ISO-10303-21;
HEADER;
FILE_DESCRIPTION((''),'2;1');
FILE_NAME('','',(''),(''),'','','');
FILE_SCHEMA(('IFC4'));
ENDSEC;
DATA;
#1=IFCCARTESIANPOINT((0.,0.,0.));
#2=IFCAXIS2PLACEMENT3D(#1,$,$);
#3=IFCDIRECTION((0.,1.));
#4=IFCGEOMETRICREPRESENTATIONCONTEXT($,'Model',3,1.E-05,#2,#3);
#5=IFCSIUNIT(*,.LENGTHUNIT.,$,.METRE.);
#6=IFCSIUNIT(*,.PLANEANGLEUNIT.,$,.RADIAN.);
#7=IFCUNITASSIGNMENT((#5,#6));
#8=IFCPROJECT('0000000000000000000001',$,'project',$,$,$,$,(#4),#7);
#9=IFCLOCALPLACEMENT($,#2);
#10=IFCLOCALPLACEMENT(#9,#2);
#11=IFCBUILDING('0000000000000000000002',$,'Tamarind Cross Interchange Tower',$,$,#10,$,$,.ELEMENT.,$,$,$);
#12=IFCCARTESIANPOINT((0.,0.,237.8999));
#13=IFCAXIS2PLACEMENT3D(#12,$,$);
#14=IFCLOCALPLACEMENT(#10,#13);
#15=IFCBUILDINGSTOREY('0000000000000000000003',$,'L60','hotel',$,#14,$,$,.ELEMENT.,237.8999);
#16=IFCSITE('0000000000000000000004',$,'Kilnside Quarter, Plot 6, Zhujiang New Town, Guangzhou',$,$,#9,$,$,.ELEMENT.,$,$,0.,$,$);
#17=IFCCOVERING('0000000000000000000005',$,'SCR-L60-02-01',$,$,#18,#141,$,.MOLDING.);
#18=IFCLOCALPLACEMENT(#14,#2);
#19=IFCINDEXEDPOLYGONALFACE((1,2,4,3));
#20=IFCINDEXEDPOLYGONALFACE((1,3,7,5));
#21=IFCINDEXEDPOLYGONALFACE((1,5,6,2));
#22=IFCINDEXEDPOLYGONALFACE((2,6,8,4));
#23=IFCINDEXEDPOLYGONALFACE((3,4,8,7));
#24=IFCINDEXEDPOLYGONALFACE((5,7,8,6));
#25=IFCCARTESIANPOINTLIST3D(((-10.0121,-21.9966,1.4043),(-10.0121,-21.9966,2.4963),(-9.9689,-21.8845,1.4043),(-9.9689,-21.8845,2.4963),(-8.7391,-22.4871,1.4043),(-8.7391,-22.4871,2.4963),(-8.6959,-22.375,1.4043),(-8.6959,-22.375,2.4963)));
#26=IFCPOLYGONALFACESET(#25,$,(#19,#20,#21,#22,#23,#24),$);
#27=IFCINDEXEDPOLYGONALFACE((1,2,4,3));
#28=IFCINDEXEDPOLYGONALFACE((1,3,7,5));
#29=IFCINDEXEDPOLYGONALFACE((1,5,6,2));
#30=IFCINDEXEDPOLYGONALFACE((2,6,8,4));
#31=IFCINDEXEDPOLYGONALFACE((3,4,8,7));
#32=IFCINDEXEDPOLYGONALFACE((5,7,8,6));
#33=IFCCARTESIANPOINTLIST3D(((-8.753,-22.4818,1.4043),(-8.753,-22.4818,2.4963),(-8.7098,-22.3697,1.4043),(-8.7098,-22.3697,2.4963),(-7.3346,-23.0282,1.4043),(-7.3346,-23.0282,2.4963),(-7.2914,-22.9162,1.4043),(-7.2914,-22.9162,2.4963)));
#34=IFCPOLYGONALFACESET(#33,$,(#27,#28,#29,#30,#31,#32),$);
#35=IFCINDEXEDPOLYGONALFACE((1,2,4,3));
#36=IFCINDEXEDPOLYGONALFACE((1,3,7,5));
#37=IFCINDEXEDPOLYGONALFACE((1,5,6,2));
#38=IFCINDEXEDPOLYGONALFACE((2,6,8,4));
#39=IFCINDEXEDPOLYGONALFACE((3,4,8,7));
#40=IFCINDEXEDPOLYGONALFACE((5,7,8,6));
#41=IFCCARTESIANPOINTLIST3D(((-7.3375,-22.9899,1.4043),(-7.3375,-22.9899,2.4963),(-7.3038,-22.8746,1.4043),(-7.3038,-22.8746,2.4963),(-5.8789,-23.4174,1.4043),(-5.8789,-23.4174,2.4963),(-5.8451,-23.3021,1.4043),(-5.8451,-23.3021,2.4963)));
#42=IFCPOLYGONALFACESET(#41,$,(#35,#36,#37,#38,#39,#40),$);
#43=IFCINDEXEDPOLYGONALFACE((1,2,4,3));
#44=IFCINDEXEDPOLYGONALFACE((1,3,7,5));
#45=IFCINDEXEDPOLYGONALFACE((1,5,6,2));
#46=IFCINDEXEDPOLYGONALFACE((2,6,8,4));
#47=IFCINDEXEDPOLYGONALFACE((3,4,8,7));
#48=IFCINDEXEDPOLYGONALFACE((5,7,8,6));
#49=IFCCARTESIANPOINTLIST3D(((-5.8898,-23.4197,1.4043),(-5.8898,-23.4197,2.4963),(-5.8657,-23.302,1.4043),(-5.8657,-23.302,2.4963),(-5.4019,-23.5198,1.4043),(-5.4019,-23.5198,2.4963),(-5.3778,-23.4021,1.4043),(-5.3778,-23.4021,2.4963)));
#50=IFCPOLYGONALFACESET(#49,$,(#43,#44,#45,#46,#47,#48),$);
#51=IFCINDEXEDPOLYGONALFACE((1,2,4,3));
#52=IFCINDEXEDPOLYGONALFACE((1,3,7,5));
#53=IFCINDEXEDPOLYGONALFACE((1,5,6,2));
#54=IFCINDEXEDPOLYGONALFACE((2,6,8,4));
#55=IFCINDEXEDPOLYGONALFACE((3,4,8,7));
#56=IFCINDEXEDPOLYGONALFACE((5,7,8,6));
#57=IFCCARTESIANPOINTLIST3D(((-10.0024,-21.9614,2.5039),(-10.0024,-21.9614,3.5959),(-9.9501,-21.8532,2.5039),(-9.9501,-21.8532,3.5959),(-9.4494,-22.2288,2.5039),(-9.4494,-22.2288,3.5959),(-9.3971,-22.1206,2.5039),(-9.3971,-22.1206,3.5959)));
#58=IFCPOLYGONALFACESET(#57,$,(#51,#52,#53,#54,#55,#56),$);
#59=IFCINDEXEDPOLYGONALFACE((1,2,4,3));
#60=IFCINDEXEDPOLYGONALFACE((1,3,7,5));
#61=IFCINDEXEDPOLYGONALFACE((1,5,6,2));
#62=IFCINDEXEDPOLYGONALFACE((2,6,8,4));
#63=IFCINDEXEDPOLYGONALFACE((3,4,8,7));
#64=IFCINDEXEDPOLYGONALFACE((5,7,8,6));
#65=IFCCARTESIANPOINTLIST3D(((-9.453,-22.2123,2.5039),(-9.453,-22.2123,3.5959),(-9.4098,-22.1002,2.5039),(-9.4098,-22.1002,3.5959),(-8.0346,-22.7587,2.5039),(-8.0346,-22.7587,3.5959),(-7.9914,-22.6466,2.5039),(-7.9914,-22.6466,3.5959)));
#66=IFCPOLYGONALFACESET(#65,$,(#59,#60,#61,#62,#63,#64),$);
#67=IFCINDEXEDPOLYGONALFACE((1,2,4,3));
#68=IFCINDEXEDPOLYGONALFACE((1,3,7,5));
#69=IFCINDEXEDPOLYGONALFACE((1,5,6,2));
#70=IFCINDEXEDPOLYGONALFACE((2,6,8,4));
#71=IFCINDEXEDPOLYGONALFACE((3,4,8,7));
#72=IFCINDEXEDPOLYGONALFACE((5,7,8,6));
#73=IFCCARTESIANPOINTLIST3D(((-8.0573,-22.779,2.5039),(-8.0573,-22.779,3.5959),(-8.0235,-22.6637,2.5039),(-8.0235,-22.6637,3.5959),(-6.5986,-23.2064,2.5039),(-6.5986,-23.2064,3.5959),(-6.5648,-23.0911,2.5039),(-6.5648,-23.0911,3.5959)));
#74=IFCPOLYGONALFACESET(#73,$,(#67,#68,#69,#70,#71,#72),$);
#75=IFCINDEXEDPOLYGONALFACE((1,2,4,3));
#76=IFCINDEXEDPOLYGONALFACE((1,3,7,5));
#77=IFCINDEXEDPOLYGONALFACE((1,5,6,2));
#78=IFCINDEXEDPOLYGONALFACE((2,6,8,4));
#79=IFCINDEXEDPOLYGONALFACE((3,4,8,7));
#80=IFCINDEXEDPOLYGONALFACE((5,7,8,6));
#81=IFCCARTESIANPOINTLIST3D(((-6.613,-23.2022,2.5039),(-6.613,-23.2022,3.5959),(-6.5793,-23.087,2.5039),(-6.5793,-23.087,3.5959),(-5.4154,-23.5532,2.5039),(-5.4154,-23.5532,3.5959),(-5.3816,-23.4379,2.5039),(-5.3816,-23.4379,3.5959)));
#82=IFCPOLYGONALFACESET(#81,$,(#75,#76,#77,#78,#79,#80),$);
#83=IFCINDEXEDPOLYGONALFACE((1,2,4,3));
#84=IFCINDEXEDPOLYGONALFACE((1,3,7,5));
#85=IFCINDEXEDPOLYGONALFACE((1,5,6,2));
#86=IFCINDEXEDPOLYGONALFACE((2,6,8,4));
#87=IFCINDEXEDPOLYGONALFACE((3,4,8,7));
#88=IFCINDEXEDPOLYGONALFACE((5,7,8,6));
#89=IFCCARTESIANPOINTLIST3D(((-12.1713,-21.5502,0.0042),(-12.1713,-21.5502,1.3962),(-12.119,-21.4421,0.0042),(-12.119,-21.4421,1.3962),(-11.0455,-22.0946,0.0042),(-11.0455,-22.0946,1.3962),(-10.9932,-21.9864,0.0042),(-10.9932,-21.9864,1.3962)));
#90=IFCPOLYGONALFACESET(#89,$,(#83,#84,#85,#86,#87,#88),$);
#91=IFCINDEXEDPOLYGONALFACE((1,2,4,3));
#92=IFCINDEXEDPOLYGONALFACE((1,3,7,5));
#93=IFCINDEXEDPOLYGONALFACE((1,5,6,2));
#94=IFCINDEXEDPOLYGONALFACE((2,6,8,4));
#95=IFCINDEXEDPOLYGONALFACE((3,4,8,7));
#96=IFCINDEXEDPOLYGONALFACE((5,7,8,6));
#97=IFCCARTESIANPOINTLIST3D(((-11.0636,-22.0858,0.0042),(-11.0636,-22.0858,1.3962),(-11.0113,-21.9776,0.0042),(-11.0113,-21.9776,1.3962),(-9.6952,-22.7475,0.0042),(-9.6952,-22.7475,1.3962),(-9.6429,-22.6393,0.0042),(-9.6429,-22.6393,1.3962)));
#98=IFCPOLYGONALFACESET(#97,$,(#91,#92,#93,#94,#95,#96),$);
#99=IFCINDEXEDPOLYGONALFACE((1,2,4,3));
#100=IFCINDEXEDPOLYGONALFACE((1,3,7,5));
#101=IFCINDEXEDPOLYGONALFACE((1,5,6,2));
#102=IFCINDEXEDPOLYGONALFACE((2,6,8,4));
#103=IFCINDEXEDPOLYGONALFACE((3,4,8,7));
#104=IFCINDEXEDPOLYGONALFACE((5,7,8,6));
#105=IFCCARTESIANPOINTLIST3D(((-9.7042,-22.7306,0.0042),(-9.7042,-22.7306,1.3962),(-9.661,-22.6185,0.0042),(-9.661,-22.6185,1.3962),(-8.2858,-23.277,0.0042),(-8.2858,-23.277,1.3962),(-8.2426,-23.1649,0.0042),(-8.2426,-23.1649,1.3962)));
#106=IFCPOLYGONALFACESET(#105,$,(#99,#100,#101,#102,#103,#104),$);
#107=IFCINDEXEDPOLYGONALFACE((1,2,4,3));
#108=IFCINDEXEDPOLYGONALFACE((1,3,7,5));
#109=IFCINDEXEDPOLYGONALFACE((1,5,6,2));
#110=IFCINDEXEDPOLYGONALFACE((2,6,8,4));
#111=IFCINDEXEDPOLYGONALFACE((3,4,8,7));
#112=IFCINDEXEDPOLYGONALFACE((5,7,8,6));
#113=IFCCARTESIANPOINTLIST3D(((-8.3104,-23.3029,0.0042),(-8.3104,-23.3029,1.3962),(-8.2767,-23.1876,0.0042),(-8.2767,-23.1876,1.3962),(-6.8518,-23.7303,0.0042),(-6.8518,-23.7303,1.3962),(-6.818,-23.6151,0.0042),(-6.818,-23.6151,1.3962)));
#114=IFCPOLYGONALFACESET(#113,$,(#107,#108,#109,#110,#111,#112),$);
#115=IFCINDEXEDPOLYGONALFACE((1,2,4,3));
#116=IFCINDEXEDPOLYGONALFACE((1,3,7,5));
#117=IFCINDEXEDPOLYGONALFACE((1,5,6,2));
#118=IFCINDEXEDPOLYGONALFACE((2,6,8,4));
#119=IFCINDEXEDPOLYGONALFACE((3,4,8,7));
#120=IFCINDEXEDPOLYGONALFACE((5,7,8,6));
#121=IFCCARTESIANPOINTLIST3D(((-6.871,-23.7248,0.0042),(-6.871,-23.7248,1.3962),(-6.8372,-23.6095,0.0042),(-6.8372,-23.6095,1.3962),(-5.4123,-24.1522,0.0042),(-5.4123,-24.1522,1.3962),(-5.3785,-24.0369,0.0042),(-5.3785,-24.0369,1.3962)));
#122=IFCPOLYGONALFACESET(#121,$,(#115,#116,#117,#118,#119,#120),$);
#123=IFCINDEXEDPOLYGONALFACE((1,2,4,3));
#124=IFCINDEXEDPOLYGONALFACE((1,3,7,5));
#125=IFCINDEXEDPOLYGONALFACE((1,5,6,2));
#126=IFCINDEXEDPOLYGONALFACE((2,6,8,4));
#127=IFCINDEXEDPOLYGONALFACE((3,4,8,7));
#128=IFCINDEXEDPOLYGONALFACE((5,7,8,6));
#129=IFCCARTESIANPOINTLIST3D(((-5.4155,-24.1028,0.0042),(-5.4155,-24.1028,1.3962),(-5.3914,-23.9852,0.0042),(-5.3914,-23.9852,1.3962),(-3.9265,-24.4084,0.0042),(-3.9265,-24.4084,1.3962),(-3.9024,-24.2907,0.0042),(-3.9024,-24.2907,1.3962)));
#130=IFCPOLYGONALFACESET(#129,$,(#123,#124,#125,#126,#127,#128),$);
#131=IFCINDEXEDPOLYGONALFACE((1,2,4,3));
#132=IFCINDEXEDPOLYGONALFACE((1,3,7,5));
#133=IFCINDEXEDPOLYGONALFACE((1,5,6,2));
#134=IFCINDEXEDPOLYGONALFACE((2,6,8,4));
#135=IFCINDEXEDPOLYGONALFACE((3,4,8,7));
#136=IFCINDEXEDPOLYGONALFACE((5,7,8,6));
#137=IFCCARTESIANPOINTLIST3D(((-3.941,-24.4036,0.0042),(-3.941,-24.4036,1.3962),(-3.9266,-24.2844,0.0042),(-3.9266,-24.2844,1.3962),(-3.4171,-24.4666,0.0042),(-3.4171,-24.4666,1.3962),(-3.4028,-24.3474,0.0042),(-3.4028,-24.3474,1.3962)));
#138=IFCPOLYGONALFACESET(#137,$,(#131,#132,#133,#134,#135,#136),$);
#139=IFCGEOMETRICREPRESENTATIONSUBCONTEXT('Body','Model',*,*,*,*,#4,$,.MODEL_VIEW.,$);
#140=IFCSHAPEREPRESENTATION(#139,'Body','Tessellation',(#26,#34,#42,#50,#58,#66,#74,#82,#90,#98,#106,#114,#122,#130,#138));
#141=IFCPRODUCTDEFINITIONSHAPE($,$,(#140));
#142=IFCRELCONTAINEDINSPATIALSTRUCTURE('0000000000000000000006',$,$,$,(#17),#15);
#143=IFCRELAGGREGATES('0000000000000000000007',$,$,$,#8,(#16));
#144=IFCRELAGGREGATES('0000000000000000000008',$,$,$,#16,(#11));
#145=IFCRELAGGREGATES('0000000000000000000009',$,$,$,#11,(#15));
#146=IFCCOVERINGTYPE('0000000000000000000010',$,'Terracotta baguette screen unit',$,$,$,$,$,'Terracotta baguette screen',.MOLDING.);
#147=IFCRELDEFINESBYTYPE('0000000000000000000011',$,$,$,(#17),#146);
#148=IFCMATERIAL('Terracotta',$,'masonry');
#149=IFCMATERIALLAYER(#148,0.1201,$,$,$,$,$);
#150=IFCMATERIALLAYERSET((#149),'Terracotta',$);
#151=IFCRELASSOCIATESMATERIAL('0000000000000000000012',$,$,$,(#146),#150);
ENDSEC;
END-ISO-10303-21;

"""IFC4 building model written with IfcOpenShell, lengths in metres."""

from ifc_helpers import new_model, si_unit, direction, frame, origin, origin_2d, place, context, subcontext, project, spatial, rectangle, extrude, material, layer, layer_set, type_object, element, save


model = new_model("IFC4")

# Units and contexts
model_context = context("Model", 3, precision=1e-05, world=origin(), true_north=direction((0.0, 1.0)))
body_context = subcontext(model_context, "Body", "Model", "MODEL_VIEW")
ifc_project = project(units=[si_unit("LENGTHUNIT", "METRE"), si_unit("PLANEANGLEUNIT", "RADIAN")], contexts=[model_context])

# Site, building, storey
site_placement = place(None, origin())
site = spatial("IfcSite", under=ifc_project, at=site_placement, Name="Kilnside Quarter, Plot 6, Zhujiang New Town, Guangzhou", CompositionType="ELEMENT", RefElevation=0.0)
building_placement = place(site_placement, origin())
building = spatial("IfcBuilding", under=site, at=building_placement, Name="Tamarind Cross Interchange Tower", CompositionType="ELEMENT")
storey_placement = place(building_placement, frame((0.0, 0.0, 237.8999)))
storey = spatial("IfcBuildingStorey", under=building, at=storey_placement, Name="L60", Description="hotel", CompositionType="ELEMENT", Elevation=237.8999)

# Covering
ifc_material_1 = material(Name="Terracotta", Category="masonry")
ifc_layer_1 = layer(ifc_material_1, 0.1201)
ifc_layer_set_1 = layer_set([ifc_layer_1], Name="Terracotta")
covering_type = type_object("IfcCoveringType", Name="Terracotta baguette screen unit", ElementType="Terracotta baguette screen", PredefinedType="MOLDING", material=ifc_layer_set_1)
covering_1_placement = place(storey_placement, origin())
element("IfcCovering", 1, at=covering_1_placement, inside=storey, type_object=covering_type, Name="SCR-L60-02-01", PredefinedType="MOLDING", context=body_context, shape_type="SweptSolid", body=[
    extrude(rectangle(XDim=1.3643, YDim=0.1201, at=origin_2d()), frame((-9.354, -22.1858, 1.4043), z_axis=(0.0, 0.0, 1.0), x_axis=(0.933147, -0.359495, 0.0)), (0.0, 0.0, 1.0), 1.092),
    extrude(rectangle(XDim=1.52, YDim=0.1201, at=origin_2d()), frame((-8.0222, -22.699, 1.4043), z_axis=(0.0, 0.0, 1.0), x_axis=(0.933147, -0.359495, 0.0)), (0.0, 0.0, 1.0), 1.092),
    extrude(rectangle(XDim=1.52, YDim=0.1201, at=origin_2d()), frame((-6.5913, -23.146, 1.4043), z_axis=(0.0, 0.0, 1.0), x_axis=(0.959647, -0.281209, 0.0)), (0.0, 0.0, 1.0), 1.092),
    extrude(rectangle(XDim=0.498, YDim=0.1201, at=origin_2d()), frame((-5.6338, -23.4109, 1.4043), z_axis=(0.0, 0.0, 1.0), x_axis=(0.979591, -0.201001, 0.0)), (0.0, 0.0, 1.0), 1.092),
    extrude(rectangle(XDim=0.6143, YDim=0.1201, at=origin_2d()), frame((-9.6997, -22.041, 2.5039), z_axis=(0.0, 0.0, 1.0), x_axis=(0.900273, -0.435326, 0.0)), (0.0, 0.0, 1.0), 1.092),
    extrude(rectangle(XDim=1.52, YDim=0.1201, at=origin_2d()), frame((-8.7222, -22.4294, 2.5039), z_axis=(0.0, 0.0, 1.0), x_axis=(0.933147, -0.359495, 0.0)), (0.0, 0.0, 1.0), 1.092),
    extrude(rectangle(XDim=1.52, YDim=0.1201, at=origin_2d()), frame((-7.311, -22.9351, 2.5039), z_axis=(0.0, 0.0, 1.0), x_axis=(0.959647, -0.281209, 0.0)), (0.0, 0.0, 1.0), 1.092),
    extrude(rectangle(XDim=1.248, YDim=0.1201, at=origin_2d()), frame((-5.9973, -23.3201, 2.5039), z_axis=(0.0, 0.0, 1.0), x_axis=(0.959647, -0.281209, 0.0)), (0.0, 0.0, 1.0), 1.092),
    extrude(rectangle(XDim=1.2505, YDim=0.1201, at=origin_2d()), frame((-11.5823, -21.7683, 0.0042), z_axis=(0.0, 0.0, 1.0), x_axis=(0.900273, -0.435326, 0.0)), (0.0, 0.0, 1.0), 1.3921),
    extrude(rectangle(XDim=1.52, YDim=0.1201, at=origin_2d()), frame((-10.3533, -22.3625, 0.0042), z_axis=(0.0, 0.0, 1.0), x_axis=(0.900273, -0.435326, 0.0)), (0.0, 0.0, 1.0), 1.3921),
    extrude(rectangle(XDim=1.52, YDim=0.1201, at=origin_2d()), frame((-8.9734, -22.9478, 0.0042), z_axis=(0.0, 0.0, 1.0), x_axis=(0.933147, -0.359495, 0.0)), (0.0, 0.0, 1.0), 1.3921),
    extrude(rectangle(XDim=1.52, YDim=0.1201, at=origin_2d()), frame((-7.5642, -23.459, 0.0042), z_axis=(0.0, 0.0, 1.0), x_axis=(0.959647, -0.281209, 0.0)), (0.0, 0.0, 1.0), 1.3921),
    extrude(rectangle(XDim=1.52, YDim=0.1201, at=origin_2d()), frame((-6.1248, -23.8809, 0.0042), z_axis=(0.0, 0.0, 1.0), x_axis=(0.959647, -0.281209, 0.0)), (0.0, 0.0, 1.0), 1.3921),
    extrude(rectangle(XDim=1.52, YDim=0.1201, at=origin_2d()), frame((-4.6589, -24.1968, 0.0042), z_axis=(0.0, 0.0, 1.0), x_axis=(0.979591, -0.201001, 0.0)), (0.0, 0.0, 1.0), 1.3921),
    extrude(rectangle(XDim=0.5276, YDim=0.1201, at=origin_2d()), frame((-3.6719, -24.3755, 0.0042), z_axis=(0.0, 0.0, 1.0), x_axis=(0.992844, -0.119421, 0.0)), (0.0, 0.0, 1.0), 1.3921),
])

save(model, "model.ifc")
